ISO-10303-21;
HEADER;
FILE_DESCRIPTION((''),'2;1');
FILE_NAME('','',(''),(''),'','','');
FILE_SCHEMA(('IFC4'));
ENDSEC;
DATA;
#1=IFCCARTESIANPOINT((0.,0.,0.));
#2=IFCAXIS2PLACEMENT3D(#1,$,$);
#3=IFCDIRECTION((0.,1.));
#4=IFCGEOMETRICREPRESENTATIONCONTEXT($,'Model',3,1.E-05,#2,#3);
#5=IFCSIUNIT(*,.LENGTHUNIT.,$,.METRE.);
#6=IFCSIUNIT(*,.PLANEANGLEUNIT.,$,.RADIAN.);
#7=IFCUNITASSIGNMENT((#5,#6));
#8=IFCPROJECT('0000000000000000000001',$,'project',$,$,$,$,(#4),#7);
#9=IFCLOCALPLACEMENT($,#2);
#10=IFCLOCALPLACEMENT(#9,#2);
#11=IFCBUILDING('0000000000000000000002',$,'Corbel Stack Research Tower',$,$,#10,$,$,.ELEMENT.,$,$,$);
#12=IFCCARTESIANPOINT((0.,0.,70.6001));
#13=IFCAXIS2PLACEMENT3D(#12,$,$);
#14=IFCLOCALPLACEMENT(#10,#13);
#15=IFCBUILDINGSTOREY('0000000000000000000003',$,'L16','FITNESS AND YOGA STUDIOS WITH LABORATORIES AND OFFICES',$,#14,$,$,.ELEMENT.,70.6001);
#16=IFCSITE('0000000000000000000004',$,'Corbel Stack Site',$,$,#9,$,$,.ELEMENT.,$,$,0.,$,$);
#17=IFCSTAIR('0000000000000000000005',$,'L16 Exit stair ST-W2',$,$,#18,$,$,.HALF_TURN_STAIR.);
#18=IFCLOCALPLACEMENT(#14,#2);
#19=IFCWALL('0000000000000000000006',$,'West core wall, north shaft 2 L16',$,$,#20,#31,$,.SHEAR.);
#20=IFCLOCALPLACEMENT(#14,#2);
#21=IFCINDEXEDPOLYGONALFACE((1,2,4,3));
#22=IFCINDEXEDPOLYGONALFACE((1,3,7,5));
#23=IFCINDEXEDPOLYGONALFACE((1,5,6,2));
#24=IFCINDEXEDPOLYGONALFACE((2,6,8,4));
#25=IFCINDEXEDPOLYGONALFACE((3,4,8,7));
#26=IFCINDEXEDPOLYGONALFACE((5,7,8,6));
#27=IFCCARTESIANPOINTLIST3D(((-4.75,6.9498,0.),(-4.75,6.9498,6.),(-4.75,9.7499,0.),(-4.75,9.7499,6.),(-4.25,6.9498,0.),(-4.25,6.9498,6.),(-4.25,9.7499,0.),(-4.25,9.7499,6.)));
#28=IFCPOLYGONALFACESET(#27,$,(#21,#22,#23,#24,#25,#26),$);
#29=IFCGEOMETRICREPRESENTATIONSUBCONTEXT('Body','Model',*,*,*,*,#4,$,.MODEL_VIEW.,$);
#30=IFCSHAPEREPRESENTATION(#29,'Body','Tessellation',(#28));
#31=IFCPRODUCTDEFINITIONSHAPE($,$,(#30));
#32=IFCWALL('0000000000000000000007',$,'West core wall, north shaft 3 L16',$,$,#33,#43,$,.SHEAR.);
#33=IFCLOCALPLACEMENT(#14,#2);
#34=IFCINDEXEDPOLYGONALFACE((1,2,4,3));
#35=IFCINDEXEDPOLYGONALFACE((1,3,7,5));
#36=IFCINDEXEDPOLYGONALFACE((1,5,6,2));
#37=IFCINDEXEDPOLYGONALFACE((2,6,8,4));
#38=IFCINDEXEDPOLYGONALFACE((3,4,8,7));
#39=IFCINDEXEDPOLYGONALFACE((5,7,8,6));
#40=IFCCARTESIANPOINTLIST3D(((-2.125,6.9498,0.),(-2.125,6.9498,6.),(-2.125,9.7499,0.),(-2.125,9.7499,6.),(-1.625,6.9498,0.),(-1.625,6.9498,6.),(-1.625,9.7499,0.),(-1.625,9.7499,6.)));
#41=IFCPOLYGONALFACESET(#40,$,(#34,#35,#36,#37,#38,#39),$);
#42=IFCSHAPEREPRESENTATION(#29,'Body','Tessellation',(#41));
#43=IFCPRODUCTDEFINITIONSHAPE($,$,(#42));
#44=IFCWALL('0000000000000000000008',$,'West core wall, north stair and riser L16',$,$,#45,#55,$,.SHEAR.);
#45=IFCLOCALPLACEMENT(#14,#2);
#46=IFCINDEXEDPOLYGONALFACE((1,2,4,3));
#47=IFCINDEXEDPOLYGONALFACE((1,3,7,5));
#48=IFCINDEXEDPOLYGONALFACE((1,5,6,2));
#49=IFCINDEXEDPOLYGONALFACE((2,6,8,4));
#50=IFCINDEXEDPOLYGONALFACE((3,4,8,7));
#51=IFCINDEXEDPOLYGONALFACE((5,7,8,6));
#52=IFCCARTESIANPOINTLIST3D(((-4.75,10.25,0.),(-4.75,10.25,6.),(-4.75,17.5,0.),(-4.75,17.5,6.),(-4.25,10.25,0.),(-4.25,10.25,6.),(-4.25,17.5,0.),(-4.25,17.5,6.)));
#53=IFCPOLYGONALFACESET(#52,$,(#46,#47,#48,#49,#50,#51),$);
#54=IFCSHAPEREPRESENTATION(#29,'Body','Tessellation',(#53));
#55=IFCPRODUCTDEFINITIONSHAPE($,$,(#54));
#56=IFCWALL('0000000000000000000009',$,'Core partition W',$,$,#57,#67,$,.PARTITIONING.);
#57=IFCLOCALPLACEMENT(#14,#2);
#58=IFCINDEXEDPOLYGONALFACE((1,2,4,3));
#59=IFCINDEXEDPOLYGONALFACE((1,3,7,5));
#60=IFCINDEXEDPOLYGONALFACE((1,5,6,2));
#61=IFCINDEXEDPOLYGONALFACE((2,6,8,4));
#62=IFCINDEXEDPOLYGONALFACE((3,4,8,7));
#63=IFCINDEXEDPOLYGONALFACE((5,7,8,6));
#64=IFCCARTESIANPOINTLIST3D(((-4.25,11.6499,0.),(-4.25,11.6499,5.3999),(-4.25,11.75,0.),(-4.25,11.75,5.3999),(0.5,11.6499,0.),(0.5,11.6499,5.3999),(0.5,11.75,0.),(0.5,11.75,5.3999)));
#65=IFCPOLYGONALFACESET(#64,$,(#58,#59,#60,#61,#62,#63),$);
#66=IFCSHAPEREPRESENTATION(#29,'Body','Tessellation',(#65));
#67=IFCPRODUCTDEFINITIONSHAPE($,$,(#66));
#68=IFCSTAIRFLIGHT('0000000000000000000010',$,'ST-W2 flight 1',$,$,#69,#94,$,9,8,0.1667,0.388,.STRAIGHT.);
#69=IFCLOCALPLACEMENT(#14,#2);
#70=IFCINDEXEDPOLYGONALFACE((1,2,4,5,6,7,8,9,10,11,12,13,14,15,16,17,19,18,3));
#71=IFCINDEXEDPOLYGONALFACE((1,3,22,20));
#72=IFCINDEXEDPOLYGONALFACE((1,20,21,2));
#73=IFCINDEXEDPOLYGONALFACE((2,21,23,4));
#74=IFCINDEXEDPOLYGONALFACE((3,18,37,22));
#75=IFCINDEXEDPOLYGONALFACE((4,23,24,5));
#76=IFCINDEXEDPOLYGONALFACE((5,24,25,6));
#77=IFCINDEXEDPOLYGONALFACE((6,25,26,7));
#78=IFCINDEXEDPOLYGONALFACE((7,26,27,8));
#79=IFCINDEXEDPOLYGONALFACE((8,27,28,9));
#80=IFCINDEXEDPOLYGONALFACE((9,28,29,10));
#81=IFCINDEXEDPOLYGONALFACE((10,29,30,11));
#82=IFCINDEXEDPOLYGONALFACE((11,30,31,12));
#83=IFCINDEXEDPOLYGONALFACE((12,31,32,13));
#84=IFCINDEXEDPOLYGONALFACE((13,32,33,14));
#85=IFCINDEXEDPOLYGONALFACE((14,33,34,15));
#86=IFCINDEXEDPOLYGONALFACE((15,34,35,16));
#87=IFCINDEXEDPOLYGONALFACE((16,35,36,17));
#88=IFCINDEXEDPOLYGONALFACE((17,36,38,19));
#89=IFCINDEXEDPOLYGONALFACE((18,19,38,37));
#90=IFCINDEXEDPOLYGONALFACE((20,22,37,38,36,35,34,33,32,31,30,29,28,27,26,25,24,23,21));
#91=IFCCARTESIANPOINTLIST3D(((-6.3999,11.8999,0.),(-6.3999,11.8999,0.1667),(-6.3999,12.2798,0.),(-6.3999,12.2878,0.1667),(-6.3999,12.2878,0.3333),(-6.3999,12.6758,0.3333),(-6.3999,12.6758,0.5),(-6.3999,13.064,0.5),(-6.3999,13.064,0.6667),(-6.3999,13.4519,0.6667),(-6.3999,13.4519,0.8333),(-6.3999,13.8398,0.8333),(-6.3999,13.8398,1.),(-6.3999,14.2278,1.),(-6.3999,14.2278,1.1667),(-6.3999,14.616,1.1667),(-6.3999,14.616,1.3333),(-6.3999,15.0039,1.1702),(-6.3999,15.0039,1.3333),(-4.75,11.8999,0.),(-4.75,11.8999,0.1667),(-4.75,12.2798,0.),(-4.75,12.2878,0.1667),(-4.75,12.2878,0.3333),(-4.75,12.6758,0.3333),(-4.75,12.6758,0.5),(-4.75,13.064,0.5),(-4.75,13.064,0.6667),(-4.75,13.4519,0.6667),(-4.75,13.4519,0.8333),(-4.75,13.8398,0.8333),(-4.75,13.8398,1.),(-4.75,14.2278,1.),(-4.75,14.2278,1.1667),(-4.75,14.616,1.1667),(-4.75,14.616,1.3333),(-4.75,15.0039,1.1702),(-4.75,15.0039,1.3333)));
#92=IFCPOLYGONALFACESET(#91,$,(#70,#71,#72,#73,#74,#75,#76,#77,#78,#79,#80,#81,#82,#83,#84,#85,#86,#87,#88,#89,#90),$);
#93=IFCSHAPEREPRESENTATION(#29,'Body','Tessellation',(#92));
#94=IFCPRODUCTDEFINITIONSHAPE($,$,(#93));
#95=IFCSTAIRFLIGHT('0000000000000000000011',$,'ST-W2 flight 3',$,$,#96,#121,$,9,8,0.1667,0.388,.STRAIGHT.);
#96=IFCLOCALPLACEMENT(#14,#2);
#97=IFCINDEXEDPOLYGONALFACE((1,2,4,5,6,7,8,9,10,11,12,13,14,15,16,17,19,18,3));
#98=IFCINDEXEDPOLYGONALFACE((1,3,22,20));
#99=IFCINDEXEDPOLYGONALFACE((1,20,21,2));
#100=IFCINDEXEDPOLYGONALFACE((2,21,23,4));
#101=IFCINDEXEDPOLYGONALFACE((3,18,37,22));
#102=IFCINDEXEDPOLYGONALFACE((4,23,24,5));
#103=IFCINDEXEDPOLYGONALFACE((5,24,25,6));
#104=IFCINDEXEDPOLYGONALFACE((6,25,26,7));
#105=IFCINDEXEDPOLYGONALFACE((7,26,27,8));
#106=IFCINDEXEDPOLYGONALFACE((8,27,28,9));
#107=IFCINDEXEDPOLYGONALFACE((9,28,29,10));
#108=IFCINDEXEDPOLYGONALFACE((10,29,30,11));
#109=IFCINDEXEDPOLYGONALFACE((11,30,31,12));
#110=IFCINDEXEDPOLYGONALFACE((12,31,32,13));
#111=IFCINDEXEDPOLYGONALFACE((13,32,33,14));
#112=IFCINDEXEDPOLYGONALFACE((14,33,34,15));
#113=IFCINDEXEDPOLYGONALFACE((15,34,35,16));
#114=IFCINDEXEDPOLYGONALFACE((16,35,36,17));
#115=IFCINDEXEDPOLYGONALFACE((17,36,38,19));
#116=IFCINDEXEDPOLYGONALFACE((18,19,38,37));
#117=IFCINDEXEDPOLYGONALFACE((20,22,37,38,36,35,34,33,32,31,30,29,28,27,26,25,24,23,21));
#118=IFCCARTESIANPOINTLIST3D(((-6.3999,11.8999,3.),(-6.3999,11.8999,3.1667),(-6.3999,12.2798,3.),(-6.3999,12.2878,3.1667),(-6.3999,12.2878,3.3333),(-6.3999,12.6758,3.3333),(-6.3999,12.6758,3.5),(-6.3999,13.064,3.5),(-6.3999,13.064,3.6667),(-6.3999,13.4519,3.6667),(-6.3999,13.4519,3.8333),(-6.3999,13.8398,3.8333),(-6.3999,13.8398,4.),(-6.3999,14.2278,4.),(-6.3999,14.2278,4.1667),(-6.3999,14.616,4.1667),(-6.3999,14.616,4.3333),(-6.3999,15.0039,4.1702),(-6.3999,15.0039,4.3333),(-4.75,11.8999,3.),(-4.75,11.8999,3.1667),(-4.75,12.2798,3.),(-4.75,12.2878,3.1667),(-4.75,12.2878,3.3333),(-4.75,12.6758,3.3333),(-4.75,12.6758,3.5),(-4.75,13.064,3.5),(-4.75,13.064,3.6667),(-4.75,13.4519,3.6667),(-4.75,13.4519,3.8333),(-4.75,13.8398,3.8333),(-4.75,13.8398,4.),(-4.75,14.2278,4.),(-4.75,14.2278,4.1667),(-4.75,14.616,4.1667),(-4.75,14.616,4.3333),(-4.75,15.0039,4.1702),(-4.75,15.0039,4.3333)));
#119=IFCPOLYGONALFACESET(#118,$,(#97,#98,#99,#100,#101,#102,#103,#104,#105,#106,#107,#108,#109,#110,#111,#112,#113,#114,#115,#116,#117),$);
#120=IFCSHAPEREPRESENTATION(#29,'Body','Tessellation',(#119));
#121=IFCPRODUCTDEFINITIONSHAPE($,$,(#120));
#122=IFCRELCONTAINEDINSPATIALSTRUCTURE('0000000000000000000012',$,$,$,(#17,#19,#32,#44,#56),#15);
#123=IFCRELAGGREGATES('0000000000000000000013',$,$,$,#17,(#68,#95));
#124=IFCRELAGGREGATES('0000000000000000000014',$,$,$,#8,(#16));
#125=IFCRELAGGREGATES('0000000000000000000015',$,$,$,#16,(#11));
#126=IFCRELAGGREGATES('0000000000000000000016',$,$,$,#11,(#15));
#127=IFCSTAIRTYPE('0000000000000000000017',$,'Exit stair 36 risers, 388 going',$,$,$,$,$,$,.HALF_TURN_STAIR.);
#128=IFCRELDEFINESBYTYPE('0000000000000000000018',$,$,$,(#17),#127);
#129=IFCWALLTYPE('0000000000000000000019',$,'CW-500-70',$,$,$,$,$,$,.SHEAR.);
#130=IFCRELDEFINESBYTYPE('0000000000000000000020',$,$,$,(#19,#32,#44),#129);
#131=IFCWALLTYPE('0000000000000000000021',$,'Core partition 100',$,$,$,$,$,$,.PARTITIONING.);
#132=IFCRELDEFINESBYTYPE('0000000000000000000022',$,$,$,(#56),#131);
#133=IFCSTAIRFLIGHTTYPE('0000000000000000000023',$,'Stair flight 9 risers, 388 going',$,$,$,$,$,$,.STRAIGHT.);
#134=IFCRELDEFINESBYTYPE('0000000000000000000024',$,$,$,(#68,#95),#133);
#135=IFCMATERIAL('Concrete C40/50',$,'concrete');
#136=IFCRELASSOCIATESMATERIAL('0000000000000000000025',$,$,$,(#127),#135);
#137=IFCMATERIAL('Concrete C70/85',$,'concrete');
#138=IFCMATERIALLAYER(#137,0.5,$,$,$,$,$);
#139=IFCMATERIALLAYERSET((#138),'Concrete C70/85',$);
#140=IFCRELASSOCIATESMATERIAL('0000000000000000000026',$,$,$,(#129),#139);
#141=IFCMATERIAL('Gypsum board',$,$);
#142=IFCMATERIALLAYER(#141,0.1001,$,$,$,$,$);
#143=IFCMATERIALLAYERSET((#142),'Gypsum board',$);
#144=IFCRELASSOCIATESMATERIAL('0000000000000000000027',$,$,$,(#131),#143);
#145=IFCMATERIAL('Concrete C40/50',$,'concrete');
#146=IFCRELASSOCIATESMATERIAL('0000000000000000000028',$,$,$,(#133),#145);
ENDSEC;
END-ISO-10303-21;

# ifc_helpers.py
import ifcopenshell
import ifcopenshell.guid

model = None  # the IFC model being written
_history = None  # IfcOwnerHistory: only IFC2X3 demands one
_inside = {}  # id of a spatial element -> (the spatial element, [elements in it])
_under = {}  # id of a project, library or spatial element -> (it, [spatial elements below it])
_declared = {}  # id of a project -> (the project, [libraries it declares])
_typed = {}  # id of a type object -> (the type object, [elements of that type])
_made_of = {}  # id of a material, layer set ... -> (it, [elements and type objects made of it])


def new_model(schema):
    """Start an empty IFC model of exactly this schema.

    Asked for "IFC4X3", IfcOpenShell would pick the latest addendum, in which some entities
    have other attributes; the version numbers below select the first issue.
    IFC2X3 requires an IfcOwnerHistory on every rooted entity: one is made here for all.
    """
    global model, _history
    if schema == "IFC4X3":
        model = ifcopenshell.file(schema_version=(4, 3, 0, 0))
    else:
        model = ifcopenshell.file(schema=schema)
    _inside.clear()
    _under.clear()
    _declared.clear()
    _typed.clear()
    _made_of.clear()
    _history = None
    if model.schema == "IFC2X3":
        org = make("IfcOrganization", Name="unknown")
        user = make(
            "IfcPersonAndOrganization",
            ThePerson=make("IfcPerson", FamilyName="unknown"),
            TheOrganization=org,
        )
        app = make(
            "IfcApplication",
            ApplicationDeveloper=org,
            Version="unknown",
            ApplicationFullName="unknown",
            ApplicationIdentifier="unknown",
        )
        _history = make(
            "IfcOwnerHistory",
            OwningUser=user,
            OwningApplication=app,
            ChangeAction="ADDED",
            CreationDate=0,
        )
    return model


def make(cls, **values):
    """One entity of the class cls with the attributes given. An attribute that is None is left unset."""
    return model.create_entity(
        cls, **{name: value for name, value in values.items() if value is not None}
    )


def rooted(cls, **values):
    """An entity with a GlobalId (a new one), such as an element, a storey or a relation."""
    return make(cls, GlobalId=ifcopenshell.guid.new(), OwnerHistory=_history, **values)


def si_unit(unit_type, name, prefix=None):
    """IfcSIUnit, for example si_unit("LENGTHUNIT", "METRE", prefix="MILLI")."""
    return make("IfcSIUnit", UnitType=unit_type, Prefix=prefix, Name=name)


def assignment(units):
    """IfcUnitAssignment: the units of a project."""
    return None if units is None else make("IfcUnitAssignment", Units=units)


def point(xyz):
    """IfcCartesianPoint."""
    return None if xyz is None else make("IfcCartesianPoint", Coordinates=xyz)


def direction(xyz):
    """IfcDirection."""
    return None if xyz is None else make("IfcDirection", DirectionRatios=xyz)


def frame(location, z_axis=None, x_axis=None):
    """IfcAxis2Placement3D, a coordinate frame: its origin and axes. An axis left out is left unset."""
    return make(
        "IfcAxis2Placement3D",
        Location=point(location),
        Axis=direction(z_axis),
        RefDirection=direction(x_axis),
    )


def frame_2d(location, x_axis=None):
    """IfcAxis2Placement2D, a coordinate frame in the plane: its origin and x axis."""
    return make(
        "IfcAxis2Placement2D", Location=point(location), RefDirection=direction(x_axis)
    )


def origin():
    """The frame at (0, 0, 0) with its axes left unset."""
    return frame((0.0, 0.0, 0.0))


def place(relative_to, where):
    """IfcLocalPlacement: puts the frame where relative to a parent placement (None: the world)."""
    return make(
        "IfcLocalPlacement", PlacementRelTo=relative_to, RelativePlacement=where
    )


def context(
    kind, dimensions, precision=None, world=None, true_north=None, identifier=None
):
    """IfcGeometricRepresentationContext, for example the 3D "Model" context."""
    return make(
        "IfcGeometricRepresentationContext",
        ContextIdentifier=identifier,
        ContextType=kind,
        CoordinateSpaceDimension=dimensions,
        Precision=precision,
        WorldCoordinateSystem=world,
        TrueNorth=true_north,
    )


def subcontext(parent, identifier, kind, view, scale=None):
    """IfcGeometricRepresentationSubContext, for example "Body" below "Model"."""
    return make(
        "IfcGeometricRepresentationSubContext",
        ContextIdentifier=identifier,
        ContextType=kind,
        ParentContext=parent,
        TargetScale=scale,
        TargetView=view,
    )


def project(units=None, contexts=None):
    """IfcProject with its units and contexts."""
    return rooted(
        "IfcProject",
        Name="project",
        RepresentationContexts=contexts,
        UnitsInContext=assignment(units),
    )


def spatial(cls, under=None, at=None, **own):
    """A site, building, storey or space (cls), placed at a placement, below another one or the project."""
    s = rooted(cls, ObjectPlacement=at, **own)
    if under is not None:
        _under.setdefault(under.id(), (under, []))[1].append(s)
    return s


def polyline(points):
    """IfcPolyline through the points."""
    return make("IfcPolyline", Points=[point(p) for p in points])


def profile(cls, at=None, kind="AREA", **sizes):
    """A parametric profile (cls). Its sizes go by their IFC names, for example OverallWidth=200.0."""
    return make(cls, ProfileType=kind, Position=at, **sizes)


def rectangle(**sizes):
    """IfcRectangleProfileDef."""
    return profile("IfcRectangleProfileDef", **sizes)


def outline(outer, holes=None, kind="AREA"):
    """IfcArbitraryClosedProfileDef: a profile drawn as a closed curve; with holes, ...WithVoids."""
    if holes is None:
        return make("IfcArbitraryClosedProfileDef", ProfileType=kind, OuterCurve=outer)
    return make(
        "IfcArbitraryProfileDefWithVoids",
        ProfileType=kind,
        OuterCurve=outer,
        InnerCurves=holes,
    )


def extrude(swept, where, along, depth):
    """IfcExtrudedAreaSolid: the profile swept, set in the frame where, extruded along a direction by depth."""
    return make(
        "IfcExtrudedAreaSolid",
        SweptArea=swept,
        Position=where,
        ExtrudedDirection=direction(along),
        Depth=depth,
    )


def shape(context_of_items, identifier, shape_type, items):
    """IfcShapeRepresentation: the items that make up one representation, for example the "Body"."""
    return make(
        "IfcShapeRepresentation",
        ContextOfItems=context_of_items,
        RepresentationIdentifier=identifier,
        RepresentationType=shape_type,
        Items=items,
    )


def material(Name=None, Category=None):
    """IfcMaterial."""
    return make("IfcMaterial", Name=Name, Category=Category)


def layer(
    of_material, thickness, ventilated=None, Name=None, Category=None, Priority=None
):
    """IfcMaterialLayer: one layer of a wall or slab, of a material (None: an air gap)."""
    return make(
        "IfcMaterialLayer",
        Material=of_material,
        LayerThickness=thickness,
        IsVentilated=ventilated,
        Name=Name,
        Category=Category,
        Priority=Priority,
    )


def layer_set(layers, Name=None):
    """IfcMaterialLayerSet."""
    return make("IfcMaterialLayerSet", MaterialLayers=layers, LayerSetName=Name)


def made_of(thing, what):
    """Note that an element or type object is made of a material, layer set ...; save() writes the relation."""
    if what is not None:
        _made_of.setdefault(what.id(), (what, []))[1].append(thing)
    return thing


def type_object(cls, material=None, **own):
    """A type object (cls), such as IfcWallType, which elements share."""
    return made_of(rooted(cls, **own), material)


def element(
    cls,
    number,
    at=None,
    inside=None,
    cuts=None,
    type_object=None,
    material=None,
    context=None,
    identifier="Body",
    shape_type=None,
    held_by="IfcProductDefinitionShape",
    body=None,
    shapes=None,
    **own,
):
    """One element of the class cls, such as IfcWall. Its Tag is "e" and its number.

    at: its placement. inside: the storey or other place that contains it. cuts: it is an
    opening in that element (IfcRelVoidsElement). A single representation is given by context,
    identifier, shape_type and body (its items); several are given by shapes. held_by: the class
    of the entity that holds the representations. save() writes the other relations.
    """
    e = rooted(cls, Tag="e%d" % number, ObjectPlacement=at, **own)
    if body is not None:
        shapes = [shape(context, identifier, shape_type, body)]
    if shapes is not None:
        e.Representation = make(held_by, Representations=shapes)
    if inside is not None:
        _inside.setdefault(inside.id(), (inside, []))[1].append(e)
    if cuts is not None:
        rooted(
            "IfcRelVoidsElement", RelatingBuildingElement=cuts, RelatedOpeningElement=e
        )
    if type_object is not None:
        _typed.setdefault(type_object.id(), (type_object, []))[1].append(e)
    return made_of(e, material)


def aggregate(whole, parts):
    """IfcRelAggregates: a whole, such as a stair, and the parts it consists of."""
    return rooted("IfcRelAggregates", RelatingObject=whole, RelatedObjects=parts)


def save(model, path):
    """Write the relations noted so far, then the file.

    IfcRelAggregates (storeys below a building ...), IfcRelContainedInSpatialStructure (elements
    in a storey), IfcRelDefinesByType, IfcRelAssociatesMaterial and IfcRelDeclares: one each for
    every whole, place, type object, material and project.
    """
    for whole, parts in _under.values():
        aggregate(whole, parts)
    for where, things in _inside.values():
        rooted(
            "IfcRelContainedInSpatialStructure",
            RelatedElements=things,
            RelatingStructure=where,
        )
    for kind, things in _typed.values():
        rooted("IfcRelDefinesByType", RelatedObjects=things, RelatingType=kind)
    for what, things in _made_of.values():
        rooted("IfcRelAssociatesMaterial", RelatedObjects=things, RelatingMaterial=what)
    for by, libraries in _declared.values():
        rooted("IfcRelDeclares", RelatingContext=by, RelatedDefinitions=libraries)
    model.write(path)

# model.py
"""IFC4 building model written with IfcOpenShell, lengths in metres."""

from ifc_helpers import new_model, si_unit, direction, frame, frame_2d, origin, place, context, subcontext, project, spatial, polyline, rectangle, outline, extrude, material, layer, layer_set, type_object, element, aggregate, save


model = new_model("IFC4")

# Units and contexts
model_context = context("Model", 3, precision=1e-05, world=origin(), true_north=direction((0.0, 1.0)))
body_context = subcontext(model_context, "Body", "Model", "MODEL_VIEW")
ifc_project = project(units=[si_unit("LENGTHUNIT", "METRE"), si_unit("PLANEANGLEUNIT", "RADIAN")], contexts=[model_context])

# Site, building, storey
site_placement = place(None, origin())
site = spatial("IfcSite", under=ifc_project, at=site_placement, Name="Corbel Stack Site", CompositionType="ELEMENT", RefElevation=0.0)
building_placement = place(site_placement, origin())
building = spatial("IfcBuilding", under=site, at=building_placement, Name="Corbel Stack Research Tower", CompositionType="ELEMENT")
storey_placement = place(building_placement, frame((0.0, 0.0, 70.6001)))
storey = spatial("IfcBuildingStorey", under=building, at=storey_placement, Name="L16", Description="FITNESS AND YOGA STUDIOS WITH LABORATORIES AND OFFICES", CompositionType="ELEMENT", Elevation=70.6001)

# Stair
ifc_material_1 = material(Name="Concrete C40/50", Category="concrete")
stair_type = type_object("IfcStairType", Name="Exit stair 36 risers, 388 going", PredefinedType="HALF_TURN_STAIR", material=ifc_material_1)
stair_1_placement = place(storey_placement, origin())
stair_1 = element("IfcStair", 1, at=stair_1_placement, inside=storey, type_object=stair_type, Name="L16 Exit stair ST-W2", PredefinedType="HALF_TURN_STAIR")

# Walls
ifc_material_2 = material(Name="Concrete C70/85", Category="concrete")
ifc_layer_1 = layer(ifc_material_2, 0.5)
ifc_layer_set_1 = layer_set([ifc_layer_1], Name="Concrete C70/85")
wall_type_1 = type_object("IfcWallType", Name="CW-500-70", PredefinedType="SHEAR", material=ifc_layer_set_1)
for number, where, z_axis, x_axis, name in (
    (2, (-4.5, 6.95, 0.0), (0.0, 0.0, 1.0), (0.0, 1.0, 0.0), "West core wall, north shaft 2 L16"),
    (3, (-1.875, 6.95, 0.0), (0.0, 0.0, 1.0), (0.0, 1.0, 0.0), "West core wall, north shaft 3 L16"),
):
    element("IfcWall", number, at=place(storey_placement, frame(where, z_axis=z_axis, x_axis=x_axis)), inside=storey, type_object=wall_type_1, Name=name, PredefinedType="SHEAR", context=body_context, shape_type="SweptSolid", body=[
        extrude(rectangle(XDim=2.8, YDim=0.5, at=frame_2d((1.3999, 0.0))), origin(), (0.0, 0.0, 1.0), 6.0),
    ])
wall_1_placement = place(storey_placement, frame((-4.5, 10.25, 0.0), z_axis=(0.0, 0.0, 1.0), x_axis=(0.0, 1.0, 0.0)))
element("IfcWall", 4, at=wall_1_placement, inside=storey, type_object=wall_type_1, Name="West core wall, north stair and riser L16", PredefinedType="SHEAR", context=body_context, shape_type="SweptSolid", body=[
    extrude(rectangle(XDim=7.25, YDim=0.5, at=frame_2d((3.625, 0.0))), origin(), (0.0, 0.0, 1.0), 6.0),
])
ifc_material_3 = material(Name="Gypsum board")
ifc_layer_2 = layer(ifc_material_3, 0.1001)
ifc_layer_set_2 = layer_set([ifc_layer_2], Name="Gypsum board")
wall_type_2 = type_object("IfcWallType", Name="Core partition 100", PredefinedType="PARTITIONING", material=ifc_layer_set_2)
wall_2_placement = place(storey_placement, frame((-4.25, 11.7, 0.0), z_axis=(0.0, 0.0, 1.0), x_axis=(1.0, 0.0, 0.0)))
element("IfcWall", 5, at=wall_2_placement, inside=storey, type_object=wall_type_2, Name="Core partition W", PredefinedType="PARTITIONING", context=body_context, shape_type="SweptSolid", body=[
    extrude(rectangle(XDim=4.75, YDim=0.1001, at=frame_2d((2.375, 0.0))), origin(), (0.0, 0.0, 1.0), 5.3999),
])

# Stair flights
ifc_material_4 = material(Name="Concrete C40/50", Category="concrete")
stair_flight_type = type_object("IfcStairFlightType", Name="Stair flight 9 risers, 388 going", PredefinedType="STRAIGHT", material=ifc_material_4)
stair_flight_1_placement = place(storey_placement, frame((-5.575, 11.8999, 0.0), z_axis=(0.0, 0.0, 1.0), x_axis=(0.0, 1.0, 0.0)))
stair_flight_1 = element("IfcStairFlight", 6, at=stair_flight_1_placement, type_object=stair_flight_type, Name="ST-W2 flight 1", NumberOfRisers=9, NumberOfTreads=8, PredefinedType="STRAIGHT", RiserHeight=0.1667, TreadLength=0.388, context=body_context, shape_type="SweptSolid", body=[
    extrude(outline(polyline([(0.0, 0.0), (0.0, 0.1667), (0.3879, 0.1667), (0.3879, 0.3333), (0.7759, 0.3333), (0.7759, 0.5), (1.1641, 0.5), (1.1641, 0.6667), (1.552, 0.6667), (1.552, 0.8333), (1.9399, 0.8333), (1.9399, 1.0), (2.3279, 1.0), (2.3279, 1.1667), (2.7161, 1.1667), (2.7161, 1.3333), (3.104, 1.3333), (3.104, 1.5), (3.104, 1.1702), (0.3799, 0.0), (0.0, 0.0)])), frame((0.0, 0.825, 0.0), z_axis=(0.0, -1.0, 0.0), x_axis=(1.0, 0.0, 0.0)), (0.0, 0.0, 1.0), 1.6499),
])
stair_flight_2_placement = place(storey_placement, frame((-5.575, 11.8999, 3.0), z_axis=(0.0, 0.0, 1.0), x_axis=(0.0, 1.0, 0.0)))
stair_flight_2 = element("IfcStairFlight", 7, at=stair_flight_2_placement, type_object=stair_flight_type, Name="ST-W2 flight 3", NumberOfRisers=9, NumberOfTreads=8, PredefinedType="STRAIGHT", RiserHeight=0.1667, TreadLength=0.388, context=body_context, shape_type="SweptSolid", body=[
    extrude(outline(polyline([(0.0, 0.0), (0.0, 0.1667), (0.3879, 0.1667), (0.3879, 0.3333), (0.7759, 0.3333), (0.7759, 0.5), (1.1641, 0.5), (1.1641, 0.6667), (1.552, 0.6667), (1.552, 0.8333), (1.9399, 0.8333), (1.9399, 1.0), (2.3279, 1.0), (2.3279, 1.1667), (2.7161, 1.1667), (2.7161, 1.3333), (3.104, 1.3333), (3.104, 1.5), (3.104, 1.1702), (0.3799, 0.0), (0.0, 0.0)])), frame((0.0, 0.825, 0.0), z_axis=(0.0, -1.0, 0.0), x_axis=(1.0, 0.0, 0.0)), (0.0, 0.0, 1.0), 1.6499),
])
aggregate(stair_1, [stair_flight_1, stair_flight_2])

save(model, "model.ifc")
